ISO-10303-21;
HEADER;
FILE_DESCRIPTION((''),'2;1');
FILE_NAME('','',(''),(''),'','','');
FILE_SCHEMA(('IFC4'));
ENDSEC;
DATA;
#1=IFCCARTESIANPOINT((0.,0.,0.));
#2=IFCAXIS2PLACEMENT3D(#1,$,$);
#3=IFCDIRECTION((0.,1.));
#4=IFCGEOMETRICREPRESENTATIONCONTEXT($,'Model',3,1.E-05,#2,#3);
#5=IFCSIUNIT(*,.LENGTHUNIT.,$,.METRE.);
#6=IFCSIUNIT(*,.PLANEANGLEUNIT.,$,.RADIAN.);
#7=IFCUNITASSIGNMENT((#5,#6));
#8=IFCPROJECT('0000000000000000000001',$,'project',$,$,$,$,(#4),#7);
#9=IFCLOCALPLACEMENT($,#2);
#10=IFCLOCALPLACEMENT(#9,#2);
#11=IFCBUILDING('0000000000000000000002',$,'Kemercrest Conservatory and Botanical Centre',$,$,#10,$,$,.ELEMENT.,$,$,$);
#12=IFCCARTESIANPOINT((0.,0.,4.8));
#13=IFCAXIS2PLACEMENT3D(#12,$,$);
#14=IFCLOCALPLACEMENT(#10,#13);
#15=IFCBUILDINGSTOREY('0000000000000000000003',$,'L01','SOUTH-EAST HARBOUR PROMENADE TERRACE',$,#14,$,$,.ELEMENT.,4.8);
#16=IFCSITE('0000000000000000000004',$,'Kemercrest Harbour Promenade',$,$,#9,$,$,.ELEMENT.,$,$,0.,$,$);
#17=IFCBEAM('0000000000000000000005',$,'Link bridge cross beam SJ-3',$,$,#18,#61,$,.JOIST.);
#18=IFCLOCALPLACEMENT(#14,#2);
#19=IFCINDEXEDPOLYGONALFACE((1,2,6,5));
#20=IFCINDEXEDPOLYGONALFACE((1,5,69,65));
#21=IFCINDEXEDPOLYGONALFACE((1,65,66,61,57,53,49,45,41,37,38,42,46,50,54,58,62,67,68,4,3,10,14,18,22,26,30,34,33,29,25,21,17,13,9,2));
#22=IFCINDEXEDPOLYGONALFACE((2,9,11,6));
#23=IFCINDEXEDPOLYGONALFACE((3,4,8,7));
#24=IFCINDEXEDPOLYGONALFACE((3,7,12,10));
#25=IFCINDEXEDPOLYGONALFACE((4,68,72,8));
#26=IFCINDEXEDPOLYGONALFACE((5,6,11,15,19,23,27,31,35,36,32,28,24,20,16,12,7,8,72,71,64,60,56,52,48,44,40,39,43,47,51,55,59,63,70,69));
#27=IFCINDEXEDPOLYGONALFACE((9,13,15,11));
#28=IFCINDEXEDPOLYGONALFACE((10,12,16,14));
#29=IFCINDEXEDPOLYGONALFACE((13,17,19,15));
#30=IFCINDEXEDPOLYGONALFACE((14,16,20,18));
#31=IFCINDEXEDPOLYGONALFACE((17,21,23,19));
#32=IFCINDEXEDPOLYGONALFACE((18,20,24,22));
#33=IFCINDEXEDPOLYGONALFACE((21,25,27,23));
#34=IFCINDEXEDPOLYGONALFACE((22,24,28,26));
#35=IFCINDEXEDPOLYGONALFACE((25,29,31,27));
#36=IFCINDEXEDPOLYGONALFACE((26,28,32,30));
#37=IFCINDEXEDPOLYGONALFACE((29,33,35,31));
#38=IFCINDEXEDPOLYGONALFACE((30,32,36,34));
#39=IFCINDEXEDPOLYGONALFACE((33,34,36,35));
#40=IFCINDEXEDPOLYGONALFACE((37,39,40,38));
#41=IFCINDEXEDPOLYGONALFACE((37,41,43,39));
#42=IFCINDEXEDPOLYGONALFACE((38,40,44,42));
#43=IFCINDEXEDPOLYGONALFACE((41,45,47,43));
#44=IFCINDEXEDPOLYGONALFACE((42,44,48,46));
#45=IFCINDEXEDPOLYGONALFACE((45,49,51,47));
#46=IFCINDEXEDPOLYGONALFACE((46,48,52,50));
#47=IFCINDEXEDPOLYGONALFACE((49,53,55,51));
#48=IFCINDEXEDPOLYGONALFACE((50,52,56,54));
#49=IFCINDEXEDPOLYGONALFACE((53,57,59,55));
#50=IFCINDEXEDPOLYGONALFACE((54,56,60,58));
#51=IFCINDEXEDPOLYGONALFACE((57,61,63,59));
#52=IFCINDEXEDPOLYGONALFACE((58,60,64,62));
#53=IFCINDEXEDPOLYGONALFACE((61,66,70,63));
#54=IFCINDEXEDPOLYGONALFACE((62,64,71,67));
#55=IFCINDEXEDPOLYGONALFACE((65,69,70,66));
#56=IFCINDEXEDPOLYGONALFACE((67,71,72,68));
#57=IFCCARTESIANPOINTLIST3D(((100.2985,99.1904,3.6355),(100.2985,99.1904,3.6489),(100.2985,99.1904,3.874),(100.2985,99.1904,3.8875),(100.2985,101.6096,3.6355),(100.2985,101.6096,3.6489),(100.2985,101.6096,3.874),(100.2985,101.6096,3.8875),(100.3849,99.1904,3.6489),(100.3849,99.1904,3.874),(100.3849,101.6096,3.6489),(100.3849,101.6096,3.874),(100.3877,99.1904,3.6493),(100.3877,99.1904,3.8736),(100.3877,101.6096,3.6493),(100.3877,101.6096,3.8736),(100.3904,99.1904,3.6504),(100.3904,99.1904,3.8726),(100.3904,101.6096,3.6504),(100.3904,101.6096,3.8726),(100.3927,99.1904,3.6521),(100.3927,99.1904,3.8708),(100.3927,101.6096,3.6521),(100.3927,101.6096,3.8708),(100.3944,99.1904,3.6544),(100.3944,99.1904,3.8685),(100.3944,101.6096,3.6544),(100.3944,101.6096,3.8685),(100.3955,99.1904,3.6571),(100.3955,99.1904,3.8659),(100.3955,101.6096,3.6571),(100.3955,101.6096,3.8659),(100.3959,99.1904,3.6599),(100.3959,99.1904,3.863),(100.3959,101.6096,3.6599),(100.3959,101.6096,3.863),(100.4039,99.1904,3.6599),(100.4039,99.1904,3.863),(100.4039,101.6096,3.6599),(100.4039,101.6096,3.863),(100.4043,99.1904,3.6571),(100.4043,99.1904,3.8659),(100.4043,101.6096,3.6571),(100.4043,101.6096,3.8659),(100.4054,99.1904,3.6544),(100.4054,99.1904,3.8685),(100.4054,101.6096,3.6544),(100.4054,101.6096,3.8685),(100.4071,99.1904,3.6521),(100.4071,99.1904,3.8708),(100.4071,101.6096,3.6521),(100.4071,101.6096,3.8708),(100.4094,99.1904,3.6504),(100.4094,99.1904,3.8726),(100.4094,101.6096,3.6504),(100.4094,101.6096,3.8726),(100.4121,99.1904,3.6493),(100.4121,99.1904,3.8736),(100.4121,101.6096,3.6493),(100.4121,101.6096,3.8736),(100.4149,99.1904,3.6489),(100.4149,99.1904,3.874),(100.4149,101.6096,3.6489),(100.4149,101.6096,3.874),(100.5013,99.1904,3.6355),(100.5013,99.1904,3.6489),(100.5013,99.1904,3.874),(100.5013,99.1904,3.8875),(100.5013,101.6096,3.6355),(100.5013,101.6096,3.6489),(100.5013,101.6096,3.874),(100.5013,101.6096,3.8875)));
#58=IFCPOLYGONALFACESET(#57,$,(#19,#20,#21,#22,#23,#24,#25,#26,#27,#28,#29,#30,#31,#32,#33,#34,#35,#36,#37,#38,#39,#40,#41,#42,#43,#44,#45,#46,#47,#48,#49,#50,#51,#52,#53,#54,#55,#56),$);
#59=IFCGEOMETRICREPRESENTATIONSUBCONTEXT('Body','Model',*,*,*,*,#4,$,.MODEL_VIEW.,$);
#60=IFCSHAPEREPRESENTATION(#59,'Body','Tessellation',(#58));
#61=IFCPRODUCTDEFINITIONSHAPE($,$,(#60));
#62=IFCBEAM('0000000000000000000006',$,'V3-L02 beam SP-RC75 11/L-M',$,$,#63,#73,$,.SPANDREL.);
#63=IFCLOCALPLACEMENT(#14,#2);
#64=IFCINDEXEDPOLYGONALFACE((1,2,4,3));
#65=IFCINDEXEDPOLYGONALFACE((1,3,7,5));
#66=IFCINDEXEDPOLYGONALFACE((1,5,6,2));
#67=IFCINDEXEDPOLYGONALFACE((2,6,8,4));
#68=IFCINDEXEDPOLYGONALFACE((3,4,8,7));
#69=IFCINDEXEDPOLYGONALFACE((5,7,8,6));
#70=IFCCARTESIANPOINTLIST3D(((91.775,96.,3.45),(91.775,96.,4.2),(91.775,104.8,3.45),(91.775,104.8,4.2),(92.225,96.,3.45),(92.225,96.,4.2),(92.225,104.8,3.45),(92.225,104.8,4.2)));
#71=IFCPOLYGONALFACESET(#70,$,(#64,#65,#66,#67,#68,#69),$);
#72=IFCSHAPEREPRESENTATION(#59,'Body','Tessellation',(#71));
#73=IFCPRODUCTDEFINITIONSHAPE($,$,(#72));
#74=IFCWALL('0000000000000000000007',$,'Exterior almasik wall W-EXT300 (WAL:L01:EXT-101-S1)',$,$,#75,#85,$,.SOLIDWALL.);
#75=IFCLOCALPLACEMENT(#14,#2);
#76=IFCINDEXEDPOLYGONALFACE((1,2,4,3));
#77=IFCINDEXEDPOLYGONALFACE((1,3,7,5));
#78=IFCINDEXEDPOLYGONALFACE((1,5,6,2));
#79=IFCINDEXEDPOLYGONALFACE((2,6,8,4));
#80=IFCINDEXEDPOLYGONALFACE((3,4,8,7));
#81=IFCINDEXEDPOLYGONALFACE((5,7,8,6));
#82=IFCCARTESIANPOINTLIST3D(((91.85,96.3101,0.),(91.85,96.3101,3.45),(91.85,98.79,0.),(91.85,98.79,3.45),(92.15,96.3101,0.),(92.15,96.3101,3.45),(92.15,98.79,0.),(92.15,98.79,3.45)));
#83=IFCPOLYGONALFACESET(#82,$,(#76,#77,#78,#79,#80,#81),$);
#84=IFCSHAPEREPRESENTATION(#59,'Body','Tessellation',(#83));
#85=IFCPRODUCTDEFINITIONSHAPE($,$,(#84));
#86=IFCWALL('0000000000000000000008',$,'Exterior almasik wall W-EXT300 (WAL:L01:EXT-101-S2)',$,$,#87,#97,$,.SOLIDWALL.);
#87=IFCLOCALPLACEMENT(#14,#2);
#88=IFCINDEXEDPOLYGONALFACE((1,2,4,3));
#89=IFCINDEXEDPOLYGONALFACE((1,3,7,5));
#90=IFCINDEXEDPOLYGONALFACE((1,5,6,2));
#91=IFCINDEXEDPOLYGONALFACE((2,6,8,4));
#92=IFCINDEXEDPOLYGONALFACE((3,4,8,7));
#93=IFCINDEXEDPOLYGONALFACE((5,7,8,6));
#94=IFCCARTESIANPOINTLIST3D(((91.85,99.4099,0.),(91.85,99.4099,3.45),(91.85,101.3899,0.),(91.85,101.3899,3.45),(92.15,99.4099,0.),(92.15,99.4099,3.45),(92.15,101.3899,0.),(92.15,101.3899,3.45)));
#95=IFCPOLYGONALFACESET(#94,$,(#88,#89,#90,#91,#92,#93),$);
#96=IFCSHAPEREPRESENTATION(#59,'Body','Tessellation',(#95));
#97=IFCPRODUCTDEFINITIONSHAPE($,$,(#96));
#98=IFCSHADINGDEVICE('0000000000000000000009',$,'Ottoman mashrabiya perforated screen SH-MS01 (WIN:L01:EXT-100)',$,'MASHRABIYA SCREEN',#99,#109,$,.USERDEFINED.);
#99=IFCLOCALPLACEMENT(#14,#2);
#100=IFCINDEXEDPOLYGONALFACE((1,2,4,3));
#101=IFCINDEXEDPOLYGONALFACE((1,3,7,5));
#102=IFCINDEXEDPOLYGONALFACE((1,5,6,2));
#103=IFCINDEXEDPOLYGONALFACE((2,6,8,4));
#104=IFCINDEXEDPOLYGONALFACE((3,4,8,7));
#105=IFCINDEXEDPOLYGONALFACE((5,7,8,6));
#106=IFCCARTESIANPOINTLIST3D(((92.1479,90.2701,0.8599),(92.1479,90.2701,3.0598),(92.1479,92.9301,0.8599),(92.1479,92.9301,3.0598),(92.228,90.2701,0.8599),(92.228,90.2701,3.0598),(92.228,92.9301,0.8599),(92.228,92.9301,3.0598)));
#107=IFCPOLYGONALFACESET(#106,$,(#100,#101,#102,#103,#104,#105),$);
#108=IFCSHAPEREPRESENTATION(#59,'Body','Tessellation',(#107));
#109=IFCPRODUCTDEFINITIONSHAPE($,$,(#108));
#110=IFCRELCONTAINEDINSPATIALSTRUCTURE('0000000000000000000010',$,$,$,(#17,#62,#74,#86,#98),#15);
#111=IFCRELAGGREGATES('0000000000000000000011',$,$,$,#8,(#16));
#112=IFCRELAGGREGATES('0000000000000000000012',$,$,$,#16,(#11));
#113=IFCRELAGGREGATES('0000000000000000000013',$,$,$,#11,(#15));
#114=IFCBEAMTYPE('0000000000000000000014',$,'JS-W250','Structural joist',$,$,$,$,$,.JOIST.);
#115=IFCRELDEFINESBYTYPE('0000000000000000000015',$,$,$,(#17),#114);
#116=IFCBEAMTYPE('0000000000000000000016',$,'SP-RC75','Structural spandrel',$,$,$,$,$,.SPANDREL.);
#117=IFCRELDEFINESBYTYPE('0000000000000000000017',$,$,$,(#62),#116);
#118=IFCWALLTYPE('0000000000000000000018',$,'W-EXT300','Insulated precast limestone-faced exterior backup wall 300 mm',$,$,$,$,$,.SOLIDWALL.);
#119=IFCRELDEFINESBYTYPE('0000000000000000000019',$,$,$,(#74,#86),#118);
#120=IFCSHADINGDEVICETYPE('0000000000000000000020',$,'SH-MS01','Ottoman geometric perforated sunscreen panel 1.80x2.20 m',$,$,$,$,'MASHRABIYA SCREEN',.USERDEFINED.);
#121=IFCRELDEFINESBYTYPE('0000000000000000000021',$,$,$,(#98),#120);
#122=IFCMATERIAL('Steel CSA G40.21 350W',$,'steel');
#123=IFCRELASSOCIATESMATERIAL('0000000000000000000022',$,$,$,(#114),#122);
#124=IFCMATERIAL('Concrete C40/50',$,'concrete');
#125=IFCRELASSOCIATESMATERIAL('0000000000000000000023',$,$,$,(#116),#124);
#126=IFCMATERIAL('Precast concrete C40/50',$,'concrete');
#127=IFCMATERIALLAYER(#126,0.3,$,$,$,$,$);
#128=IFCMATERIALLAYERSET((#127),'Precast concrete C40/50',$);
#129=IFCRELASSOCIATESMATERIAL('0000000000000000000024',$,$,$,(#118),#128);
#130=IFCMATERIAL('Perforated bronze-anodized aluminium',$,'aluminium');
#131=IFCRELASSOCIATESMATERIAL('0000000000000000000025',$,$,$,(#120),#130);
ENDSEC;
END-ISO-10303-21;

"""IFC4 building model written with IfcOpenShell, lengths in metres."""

from ifc_helpers import new_model, si_unit, direction, frame, frame_2d, origin, origin_2d, place, context, subcontext, project, spatial, rectangle, i_section, extrude, material, layer, layer_set, material_profile, profile_set, type_object, element, save


model = new_model("IFC4")

# Units and contexts
model_context = context("Model", 3, precision=1e-05, world=origin(), true_north=direction((0.0, 1.0)))
body_context = subcontext(model_context, "Body", "Model", "MODEL_VIEW")
ifc_project = project(units=[si_unit("LENGTHUNIT", "METRE"), si_unit("PLANEANGLEUNIT", "RADIAN")], contexts=[model_context])

# Site, building, storey
site_placement = place(None, origin())
site = spatial("IfcSite", under=ifc_project, at=site_placement, Name="Kemercrest Harbour Promenade", CompositionType="ELEMENT", RefElevation=0.0)
building_placement = place(site_placement, origin())
building = spatial("IfcBuilding", under=site, at=building_placement, Name="Kemercrest Conservatory and Botanical Centre", CompositionType="ELEMENT")
storey_placement = place(building_placement, frame((0.0, 0.0, 4.8)))
storey = spatial("IfcBuildingStorey", under=building, at=storey_placement, Name="L01", Description="SOUTH-EAST HARBOUR PROMENADE TERRACE", CompositionType="ELEMENT", Elevation=4.8)

# Shared definitions
ifc_material_1 = material(Name="Concrete C40/50", Category="concrete")
ifc_material_2 = material(Name="Steel CSA G40.21 350W", Category="steel")

# Beams
ifc_material_profile_1 = material_profile(ifc_material_2, i_section(OverallWidth=0.2029, OverallDepth=0.252, WebThickness=0.0081, FlangeThickness=0.0134, FilletRadius=0.011, at=origin_2d()), Name="W250X58")
ifc_profile_set_1 = profile_set([ifc_material_profile_1], Name="Steel CSA G40.21 350W")
beam_type_1 = type_object("IfcBeamType", Name="JS-W250", Description="Structural joist", PredefinedType="JOIST", material=ifc_profile_set_1)
for number, where, z_axis, x_axis, name in (
    (1, (100.3999, 99.1904, 3.7615), (0.0, 1.0, 0.0), (-1.0, 0.0, 0.0), "Link bridge cross beam SJ-3"),
):
    element("IfcBeam", number, at=place(storey_placement, frame(where, z_axis=z_axis, x_axis=x_axis)), inside=storey, type_object=beam_type_1, Name=name, PredefinedType="JOIST", context=body_context, shape_type="SweptSolid", body=[
        extrude(i_section(OverallWidth=0.2029, OverallDepth=0.252, WebThickness=0.0081, FlangeThickness=0.0134, FilletRadius=0.011, at=origin_2d()), origin(), (0.0, 0.0, 1.0), 2.4192),
    ])
ifc_material_profile_2 = material_profile(ifc_material_1, rectangle(XDim=0.45, YDim=0.75, at=origin_2d()), Name="RC 450x750")
ifc_profile_set_2 = profile_set([ifc_material_profile_2], Name="Concrete C40/50")
beam_type_2 = type_object("IfcBeamType", Name="SP-RC75", Description="Structural spandrel", PredefinedType="SPANDREL", material=ifc_profile_set_2)
beam_1_placement = place(storey_placement, frame((92.0, 96.0, 3.825), z_axis=(0.0, 1.0, 0.0), x_axis=(-1.0, 0.0, 0.0)))
element("IfcBeam", 2, at=beam_1_placement, inside=storey, type_object=beam_type_2, Name="V3-L02 beam SP-RC75 11/L-M", PredefinedType="SPANDREL", context=body_context, shape_type="SweptSolid", body=[
    extrude(rectangle(XDim=0.45, YDim=0.75, at=origin_2d()), origin(), (0.0, 0.0, 1.0), 8.8),
])

# Walls
ifc_material_3 = material(Name="Precast concrete C40/50", Category="concrete")
ifc_layer = layer(ifc_material_3, 0.3)
ifc_layer_set = layer_set([ifc_layer], Name="Precast concrete C40/50")
wall_type = type_object("IfcWallType", Name="W-EXT300", Description="Insulated precast limestone-faced exterior backup wall 300 mm", PredefinedType="SOLIDWALL", material=ifc_layer_set)
wall_1_placement = place(storey_placement, frame((92.0, 96.3101, 0.0), z_axis=(0.0, 0.0, 1.0), x_axis=(0.0, 1.0, 0.0)))
element("IfcWall", 3, at=wall_1_placement, inside=storey, type_object=wall_type, Name="Exterior almasik wall W-EXT300 (WAL:L01:EXT-101-S1)", PredefinedType="SOLIDWALL", context=body_context, shape_type="SweptSolid", body=[
    extrude(rectangle(XDim=2.48, YDim=0.3, at=frame_2d((1.24, 0.0))), origin(), (0.0, 0.0, 1.0), 3.45),
])
wall_2_placement = place(storey_placement, frame((92.0, 99.4099, 0.0), z_axis=(0.0, 0.0, 1.0), x_axis=(0.0, 1.0, 0.0)))
element("IfcWall", 4, at=wall_2_placement, inside=storey, type_object=wall_type, Name="Exterior almasik wall W-EXT300 (WAL:L01:EXT-101-S2)", PredefinedType="SOLIDWALL", context=body_context, shape_type="SweptSolid", body=[
    extrude(rectangle(XDim=1.98, YDim=0.3, at=frame_2d((0.99, 0.0))), origin(), (0.0, 0.0, 1.0), 3.45),
])

# Shading device
ifc_material_4 = material(Name="Perforated bronze-anodized aluminium", Category="aluminium")
shading_device_type = type_object("IfcShadingDeviceType", Name="SH-MS01", Description="Ottoman geometric perforated sunscreen panel 1.80x2.20 m", ElementType="MASHRABIYA SCREEN", PredefinedType="USERDEFINED", material=ifc_material_4)
shading_device_placement = place(storey_placement, frame((92.188, 91.6001, 0.8599), z_axis=(0.0, 0.0, 1.0), x_axis=(0.0, 1.0, 0.0)))
element("IfcShadingDevice", 5, at=shading_device_placement, inside=storey, type_object=shading_device_type, Name="Ottoman mashrabiya perforated screen SH-MS01 (WIN:L01:EXT-100)", ObjectType="MASHRABIYA SCREEN", PredefinedType="USERDEFINED", context=body_context, shape_type="SweptSolid", body=[
    extrude(rectangle(XDim=2.6599, YDim=0.0801, at=origin_2d()), origin(), (0.0, 0.0, 1.0), 2.2),
])

save(model, "model.ifc")
